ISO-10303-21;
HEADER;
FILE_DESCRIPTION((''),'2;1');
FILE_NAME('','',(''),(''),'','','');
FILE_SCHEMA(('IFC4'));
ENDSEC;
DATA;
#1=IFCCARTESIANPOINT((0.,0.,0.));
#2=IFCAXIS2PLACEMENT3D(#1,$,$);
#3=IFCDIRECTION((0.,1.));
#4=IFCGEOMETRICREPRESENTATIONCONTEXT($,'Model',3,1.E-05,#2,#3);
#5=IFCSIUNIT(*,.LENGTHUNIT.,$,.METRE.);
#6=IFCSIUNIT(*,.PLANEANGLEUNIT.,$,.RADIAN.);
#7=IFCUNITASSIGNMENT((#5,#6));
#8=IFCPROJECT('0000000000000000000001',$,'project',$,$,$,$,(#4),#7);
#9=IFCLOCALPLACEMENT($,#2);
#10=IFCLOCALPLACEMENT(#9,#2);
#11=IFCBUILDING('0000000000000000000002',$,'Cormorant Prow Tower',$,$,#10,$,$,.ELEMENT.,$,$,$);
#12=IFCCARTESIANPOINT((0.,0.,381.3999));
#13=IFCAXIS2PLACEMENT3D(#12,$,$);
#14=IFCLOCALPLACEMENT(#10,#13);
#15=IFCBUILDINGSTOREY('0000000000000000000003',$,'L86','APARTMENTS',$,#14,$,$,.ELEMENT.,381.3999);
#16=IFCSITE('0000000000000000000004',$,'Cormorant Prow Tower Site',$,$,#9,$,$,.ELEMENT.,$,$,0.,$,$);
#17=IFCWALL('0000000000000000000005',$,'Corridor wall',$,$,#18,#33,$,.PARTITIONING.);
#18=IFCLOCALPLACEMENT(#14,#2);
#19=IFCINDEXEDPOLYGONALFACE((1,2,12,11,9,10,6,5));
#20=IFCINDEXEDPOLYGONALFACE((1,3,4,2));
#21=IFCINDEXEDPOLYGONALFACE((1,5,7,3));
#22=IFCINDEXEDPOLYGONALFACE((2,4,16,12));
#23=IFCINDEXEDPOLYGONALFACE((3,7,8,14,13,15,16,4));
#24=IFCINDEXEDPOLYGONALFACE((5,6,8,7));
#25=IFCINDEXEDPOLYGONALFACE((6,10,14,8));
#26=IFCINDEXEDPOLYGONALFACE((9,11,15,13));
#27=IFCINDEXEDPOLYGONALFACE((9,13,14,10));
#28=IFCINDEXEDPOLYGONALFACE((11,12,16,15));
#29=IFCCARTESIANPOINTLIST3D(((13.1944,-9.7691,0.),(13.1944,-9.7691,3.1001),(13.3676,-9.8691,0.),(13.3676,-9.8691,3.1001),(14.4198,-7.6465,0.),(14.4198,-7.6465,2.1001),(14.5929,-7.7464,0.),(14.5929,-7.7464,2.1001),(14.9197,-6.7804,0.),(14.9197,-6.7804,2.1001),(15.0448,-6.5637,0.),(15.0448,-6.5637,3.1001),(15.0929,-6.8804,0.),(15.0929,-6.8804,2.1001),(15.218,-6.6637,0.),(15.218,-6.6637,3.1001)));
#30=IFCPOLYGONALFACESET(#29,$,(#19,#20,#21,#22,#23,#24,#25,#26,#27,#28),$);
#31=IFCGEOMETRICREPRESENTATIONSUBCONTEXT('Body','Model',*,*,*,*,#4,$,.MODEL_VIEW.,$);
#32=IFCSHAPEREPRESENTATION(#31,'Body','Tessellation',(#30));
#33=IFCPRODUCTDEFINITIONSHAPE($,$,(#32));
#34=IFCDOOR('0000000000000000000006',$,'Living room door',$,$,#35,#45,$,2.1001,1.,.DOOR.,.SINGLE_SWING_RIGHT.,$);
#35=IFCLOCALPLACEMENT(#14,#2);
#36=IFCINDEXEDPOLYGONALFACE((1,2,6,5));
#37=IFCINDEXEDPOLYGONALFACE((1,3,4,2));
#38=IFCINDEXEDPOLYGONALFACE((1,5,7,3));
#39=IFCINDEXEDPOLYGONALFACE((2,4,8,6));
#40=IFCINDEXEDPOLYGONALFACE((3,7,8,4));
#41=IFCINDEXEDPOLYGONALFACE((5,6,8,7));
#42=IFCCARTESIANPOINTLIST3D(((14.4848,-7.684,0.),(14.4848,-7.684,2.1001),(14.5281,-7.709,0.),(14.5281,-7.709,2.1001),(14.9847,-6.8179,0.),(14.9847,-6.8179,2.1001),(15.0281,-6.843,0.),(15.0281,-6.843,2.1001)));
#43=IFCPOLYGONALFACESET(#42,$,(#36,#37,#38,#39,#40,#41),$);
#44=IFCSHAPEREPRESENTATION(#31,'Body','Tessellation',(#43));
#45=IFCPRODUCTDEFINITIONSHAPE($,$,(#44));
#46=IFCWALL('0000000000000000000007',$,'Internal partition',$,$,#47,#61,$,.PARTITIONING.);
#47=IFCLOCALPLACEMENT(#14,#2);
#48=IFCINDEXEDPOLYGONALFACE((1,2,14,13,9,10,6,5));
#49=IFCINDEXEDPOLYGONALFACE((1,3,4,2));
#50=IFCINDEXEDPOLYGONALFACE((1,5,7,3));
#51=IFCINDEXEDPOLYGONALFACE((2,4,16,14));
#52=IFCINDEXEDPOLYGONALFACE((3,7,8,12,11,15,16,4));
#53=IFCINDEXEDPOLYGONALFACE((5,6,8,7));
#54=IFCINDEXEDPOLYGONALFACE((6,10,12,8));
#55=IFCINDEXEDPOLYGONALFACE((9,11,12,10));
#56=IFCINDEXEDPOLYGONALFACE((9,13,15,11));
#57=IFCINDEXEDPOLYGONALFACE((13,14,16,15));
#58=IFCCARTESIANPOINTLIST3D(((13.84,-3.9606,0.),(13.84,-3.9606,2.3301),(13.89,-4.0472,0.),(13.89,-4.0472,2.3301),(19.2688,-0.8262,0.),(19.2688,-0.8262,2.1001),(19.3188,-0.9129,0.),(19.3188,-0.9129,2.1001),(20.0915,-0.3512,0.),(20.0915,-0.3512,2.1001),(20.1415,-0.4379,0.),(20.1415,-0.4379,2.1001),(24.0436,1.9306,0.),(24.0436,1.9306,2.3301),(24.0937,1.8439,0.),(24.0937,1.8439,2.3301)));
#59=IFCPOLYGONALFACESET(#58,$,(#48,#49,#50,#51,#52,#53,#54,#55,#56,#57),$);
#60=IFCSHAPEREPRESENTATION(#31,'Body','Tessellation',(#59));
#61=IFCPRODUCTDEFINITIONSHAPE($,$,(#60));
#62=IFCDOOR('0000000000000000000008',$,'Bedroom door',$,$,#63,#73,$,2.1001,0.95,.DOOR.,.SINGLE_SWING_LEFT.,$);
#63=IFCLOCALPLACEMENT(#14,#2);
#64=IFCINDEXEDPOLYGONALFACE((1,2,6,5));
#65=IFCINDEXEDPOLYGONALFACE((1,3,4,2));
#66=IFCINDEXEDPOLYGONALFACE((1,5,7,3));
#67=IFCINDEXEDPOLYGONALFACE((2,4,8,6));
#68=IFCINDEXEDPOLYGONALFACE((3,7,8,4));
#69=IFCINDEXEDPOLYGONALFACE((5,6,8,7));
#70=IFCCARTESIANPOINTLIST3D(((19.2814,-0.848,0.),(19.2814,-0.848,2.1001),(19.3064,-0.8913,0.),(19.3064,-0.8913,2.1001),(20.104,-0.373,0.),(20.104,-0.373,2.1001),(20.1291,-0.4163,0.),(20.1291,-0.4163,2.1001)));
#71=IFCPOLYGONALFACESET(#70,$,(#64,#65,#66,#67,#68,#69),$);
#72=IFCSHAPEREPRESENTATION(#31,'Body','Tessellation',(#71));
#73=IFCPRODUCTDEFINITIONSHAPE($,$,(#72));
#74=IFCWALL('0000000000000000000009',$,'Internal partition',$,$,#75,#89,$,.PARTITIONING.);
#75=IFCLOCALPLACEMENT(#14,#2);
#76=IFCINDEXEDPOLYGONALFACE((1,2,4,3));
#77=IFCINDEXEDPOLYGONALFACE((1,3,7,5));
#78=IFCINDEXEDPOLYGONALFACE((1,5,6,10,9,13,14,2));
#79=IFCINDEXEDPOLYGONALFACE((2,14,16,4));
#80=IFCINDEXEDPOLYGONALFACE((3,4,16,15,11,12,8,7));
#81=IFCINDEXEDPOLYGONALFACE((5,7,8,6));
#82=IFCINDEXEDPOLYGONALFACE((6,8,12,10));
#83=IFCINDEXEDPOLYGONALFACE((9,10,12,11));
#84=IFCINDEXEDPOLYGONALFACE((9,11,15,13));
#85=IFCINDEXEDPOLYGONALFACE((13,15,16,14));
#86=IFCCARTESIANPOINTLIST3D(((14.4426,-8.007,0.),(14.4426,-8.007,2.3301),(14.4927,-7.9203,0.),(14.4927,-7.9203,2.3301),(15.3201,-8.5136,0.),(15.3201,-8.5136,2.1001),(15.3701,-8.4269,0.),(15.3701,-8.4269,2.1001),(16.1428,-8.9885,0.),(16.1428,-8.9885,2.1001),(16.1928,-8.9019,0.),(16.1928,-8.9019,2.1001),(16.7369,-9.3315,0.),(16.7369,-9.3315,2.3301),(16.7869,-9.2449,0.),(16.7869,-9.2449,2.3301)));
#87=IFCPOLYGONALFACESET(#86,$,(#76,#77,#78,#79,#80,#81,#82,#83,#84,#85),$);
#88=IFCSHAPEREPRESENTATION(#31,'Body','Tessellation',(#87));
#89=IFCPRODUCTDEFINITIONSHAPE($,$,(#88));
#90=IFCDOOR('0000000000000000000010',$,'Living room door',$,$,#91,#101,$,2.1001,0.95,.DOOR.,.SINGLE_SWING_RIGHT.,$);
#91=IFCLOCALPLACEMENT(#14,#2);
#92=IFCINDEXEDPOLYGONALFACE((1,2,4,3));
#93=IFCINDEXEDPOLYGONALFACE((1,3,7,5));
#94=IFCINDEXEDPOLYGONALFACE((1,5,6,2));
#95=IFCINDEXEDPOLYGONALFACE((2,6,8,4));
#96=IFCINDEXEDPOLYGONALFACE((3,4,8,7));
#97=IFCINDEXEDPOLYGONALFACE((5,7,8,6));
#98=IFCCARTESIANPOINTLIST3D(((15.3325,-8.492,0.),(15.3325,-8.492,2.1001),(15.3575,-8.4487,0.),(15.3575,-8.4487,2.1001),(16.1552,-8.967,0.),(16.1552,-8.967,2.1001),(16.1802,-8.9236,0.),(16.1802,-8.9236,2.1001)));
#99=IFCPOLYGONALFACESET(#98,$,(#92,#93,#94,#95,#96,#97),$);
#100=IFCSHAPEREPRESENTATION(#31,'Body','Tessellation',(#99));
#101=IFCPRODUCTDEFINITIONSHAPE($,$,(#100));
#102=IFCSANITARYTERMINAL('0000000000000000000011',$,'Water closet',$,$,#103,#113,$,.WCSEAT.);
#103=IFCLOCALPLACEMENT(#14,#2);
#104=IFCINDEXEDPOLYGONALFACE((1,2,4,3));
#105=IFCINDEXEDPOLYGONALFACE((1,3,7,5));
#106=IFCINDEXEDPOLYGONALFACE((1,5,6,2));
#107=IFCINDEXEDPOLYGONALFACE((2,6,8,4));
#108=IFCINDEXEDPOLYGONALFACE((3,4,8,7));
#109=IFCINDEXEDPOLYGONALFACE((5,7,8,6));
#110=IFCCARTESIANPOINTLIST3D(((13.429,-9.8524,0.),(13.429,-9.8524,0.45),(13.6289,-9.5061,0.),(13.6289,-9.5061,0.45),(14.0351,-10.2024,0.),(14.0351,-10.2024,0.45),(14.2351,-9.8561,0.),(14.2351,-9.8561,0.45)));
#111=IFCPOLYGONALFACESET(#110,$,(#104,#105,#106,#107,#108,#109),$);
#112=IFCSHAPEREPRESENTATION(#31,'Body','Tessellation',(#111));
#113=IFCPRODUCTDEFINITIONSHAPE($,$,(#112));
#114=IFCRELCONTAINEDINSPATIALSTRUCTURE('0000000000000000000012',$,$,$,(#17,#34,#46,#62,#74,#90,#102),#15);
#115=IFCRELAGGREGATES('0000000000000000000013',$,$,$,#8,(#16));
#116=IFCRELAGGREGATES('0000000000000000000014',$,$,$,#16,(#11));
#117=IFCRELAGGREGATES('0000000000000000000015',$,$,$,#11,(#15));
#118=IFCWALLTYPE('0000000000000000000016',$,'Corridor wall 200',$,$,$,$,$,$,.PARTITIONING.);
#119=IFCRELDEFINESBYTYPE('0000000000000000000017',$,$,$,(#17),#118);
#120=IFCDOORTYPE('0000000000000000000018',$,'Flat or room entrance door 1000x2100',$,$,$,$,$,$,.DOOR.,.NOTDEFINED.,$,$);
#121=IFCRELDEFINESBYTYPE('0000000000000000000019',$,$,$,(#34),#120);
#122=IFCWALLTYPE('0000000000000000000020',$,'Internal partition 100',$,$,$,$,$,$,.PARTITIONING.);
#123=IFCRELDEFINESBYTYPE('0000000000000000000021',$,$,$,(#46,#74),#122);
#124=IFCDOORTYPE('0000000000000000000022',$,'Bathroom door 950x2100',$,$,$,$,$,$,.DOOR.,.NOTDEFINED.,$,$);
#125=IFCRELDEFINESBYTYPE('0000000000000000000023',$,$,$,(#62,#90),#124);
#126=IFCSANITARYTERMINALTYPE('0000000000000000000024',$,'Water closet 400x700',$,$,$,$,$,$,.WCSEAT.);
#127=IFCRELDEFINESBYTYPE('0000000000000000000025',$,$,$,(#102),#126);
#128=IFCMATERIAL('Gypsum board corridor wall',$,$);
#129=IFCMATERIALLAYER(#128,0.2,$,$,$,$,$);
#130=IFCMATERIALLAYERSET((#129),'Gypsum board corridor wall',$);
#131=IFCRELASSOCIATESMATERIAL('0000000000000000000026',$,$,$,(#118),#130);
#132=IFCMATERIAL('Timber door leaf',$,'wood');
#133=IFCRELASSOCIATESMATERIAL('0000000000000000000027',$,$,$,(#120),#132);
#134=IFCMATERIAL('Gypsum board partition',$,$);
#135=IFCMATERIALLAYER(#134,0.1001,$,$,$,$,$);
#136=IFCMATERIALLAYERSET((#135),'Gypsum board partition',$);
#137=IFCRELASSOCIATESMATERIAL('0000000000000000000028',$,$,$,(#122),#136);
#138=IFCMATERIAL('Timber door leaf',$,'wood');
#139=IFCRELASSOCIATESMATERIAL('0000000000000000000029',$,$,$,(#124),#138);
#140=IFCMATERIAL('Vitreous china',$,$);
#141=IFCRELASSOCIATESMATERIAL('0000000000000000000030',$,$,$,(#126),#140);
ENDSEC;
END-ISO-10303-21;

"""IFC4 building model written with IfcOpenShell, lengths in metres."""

from ifc_helpers import new_model, si_unit, direction, frame, frame_2d, origin, origin_2d, place, context, subcontext, project, spatial, rectangle, extrude, material, layer, layer_set, type_object, element, fill, save


model = new_model("IFC4")

# Units and contexts
model_context = context("Model", 3, precision=1e-05, world=origin(), true_north=direction((0.0, 1.0)))
body_context = subcontext(model_context, "Body", "Model", "MODEL_VIEW")
ifc_project = project(units=[si_unit("LENGTHUNIT", "METRE"), si_unit("PLANEANGLEUNIT", "RADIAN")], contexts=[model_context])

# Site, building, storey
site_placement = place(None, origin())
site = spatial("IfcSite", under=ifc_project, at=site_placement, Name="Cormorant Prow Tower Site", CompositionType="ELEMENT", RefElevation=0.0)
building_placement = place(site_placement, origin())
building = spatial("IfcBuilding", under=site, at=building_placement, Name="Cormorant Prow Tower", CompositionType="ELEMENT")
storey_placement = place(building_placement, frame((0.0, 0.0, 381.3999)))
storey = spatial("IfcBuildingStorey", under=building, at=storey_placement, Name="L86", Description="APARTMENTS", CompositionType="ELEMENT", Elevation=381.3999)

# Shared definitions
ifc_material_1 = material(Name="Gypsum board corridor wall")
ifc_layer_1 = layer(ifc_material_1, 0.2)
ifc_layer_set_1 = layer_set([ifc_layer_1], Name="Gypsum board corridor wall")
wall_type_1 = type_object("IfcWallType", Name="Corridor wall 200", PredefinedType="PARTITIONING", material=ifc_layer_set_1)

# Walls, openings, doors
wall_1_placement = place(storey_placement, frame((13.281, -9.8191, 0.0), z_axis=(0.0, 0.0, 1.0), x_axis=(0.499949, 0.866055, 0.0)))
wall_1 = element("IfcWall", 1, at=wall_1_placement, inside=storey, type_object=wall_type_1, Name="Corridor wall", PredefinedType="PARTITIONING", context=body_context, shape_type="SweptSolid", body=[
    extrude(rectangle(XDim=3.7012, YDim=0.2, at=frame_2d((1.8506, 0.0))), origin(), (0.0, 0.0, 1.0), 3.1001),
])
opening_1_placement = place(wall_1_placement, frame((2.4509, 0.0, 0.0)))
opening_1 = element("IfcOpeningElement", 2, at=opening_1_placement, cuts=wall_1, PredefinedType="OPENING", context=body_context, shape_type="SweptSolid", body=[
    extrude(rectangle(XDim=1.0, YDim=2.1001, at=frame_2d((0.5, 1.05))), frame((0.0, 0.1099, 0.0), z_axis=(0.0, -1.0, 0.0), x_axis=(1.0, 0.0, 0.0)), (0.0, 0.0, 1.0), 0.22),
])
ifc_material_2 = material(Name="Timber door leaf", Category="wood")
door_type_1 = type_object("IfcDoorType", Name="Flat or room entrance door 1000x2100", OperationType="NOTDEFINED", PredefinedType="DOOR", material=ifc_material_2)
door_1_placement = place(opening_1_placement, origin())
door_1 = element("IfcDoor", 3, at=door_1_placement, inside=storey, type_object=door_type_1, Name="Living room door", OperationType="SINGLE_SWING_RIGHT", OverallHeight=2.1001, OverallWidth=1.0, PredefinedType="DOOR", context=body_context, shape_type="SweptSolid", body=[
    extrude(rectangle(XDim=1.0, YDim=2.1001, at=frame_2d((0.5, 1.05))), frame((0.0, 0.0249, 0.0), z_axis=(0.0, -1.0, 0.0), x_axis=(1.0, 0.0, 0.0)), (0.0, 0.0, 1.0), 0.05),
])
fill(opening_1, door_1)
ifc_material_3 = material(Name="Gypsum board partition")
ifc_layer_2 = layer(ifc_material_3, 0.1001)
ifc_layer_set_2 = layer_set([ifc_layer_2], Name="Gypsum board partition")
wall_type_2 = type_object("IfcWallType", Name="Internal partition 100", PredefinedType="PARTITIONING", material=ifc_layer_set_2)
wall_2_placement = place(storey_placement, frame((13.865, -4.0039, 0.0), z_axis=(0.0, 0.0, 1.0), x_axis=(0.866023, 0.500003, 0.0)))
wall_2 = element("IfcWall", 4, at=wall_2_placement, inside=storey, type_object=wall_type_2, Name="Internal partition", PredefinedType="PARTITIONING", context=body_context, shape_type="SweptSolid", body=[
    extrude(rectangle(XDim=11.7822, YDim=0.1001, at=frame_2d((5.8911, 0.0))), origin(), (0.0, 0.0, 1.0), 2.3301),
])
opening_2_placement = place(wall_2_placement, frame((6.2686, 0.0, 0.0)))
opening_2 = element("IfcOpeningElement", 5, at=opening_2_placement, cuts=wall_2, PredefinedType="OPENING", context=body_context, shape_type="SweptSolid", body=[
    extrude(rectangle(XDim=0.95, YDim=2.1001, at=frame_2d((0.4751, 1.05))), frame((0.0, 0.0601, 0.0), z_axis=(0.0, -1.0, 0.0), x_axis=(1.0, 0.0, 0.0)), (0.0, 0.0, 1.0), 0.1201),
])
ifc_material_4 = material(Name="Timber door leaf", Category="wood")
door_type_2 = type_object("IfcDoorType", Name="Bathroom door 950x2100", OperationType="NOTDEFINED", PredefinedType="DOOR", material=ifc_material_4)
door_2_placement = place(opening_2_placement, origin())
door_2 = element("IfcDoor", 6, at=door_2_placement, inside=storey, type_object=door_type_2, Name="Bedroom door", OperationType="SINGLE_SWING_LEFT", OverallHeight=2.1001, OverallWidth=0.95, PredefinedType="DOOR", context=body_context, shape_type="SweptSolid", body=[
    extrude(rectangle(XDim=0.95, YDim=2.1001, at=frame_2d((0.4751, 1.05))), frame((0.0, 0.0249, 0.0), z_axis=(0.0, -1.0, 0.0), x_axis=(1.0, 0.0, 0.0)), (0.0, 0.0, 1.0), 0.05),
])
fill(opening_2, door_2)
wall_3_placement = place(storey_placement, frame((14.4675, -7.9636, 0.0), z_axis=(0.0, 0.0, 1.0), x_axis=(0.86604, -0.499975, 0.0)))
wall_3 = element("IfcWall", 7, at=wall_3_placement, inside=storey, type_object=wall_type_2, Name="Internal partition", PredefinedType="PARTITIONING", context=body_context, shape_type="SweptSolid", body=[
    extrude(rectangle(XDim=2.6492, YDim=0.1001, at=frame_2d((1.3247, 0.0))), origin(), (0.0, 0.0, 1.0), 2.3301),
])
opening_3_placement = place(wall_3_placement, frame((1.0132, 0.0, 0.0)))
opening_3 = element("IfcOpeningElement", 8, at=opening_3_placement, cuts=wall_3, PredefinedType="OPENING", context=body_context, shape_type="SweptSolid", body=[
    extrude(rectangle(XDim=0.95, YDim=2.1001, at=frame_2d((0.4751, 1.05))), frame((0.0, 0.0601, 0.0), z_axis=(0.0, -1.0, 0.0), x_axis=(1.0, 0.0, 0.0)), (0.0, 0.0, 1.0), 0.1201),
])
door_3_placement = place(opening_3_placement, origin())
door_3 = element("IfcDoor", 9, at=door_3_placement, inside=storey, type_object=door_type_2, Name="Living room door", OperationType="SINGLE_SWING_RIGHT", OverallHeight=2.1001, OverallWidth=0.95, PredefinedType="DOOR", context=body_context, shape_type="SweptSolid", body=[
    extrude(rectangle(XDim=0.95, YDim=2.1001, at=frame_2d((0.4751, 1.05))), frame((0.0, 0.0249, 0.0), z_axis=(0.0, -1.0, 0.0), x_axis=(1.0, 0.0, 0.0)), (0.0, 0.0, 1.0), 0.05),
])
fill(opening_3, door_3)

# Sanitary terminal
ifc_material_5 = material(Name="Vitreous china")
sanitary_terminal_type = type_object("IfcSanitaryTerminalType", Name="Water closet 400x700", PredefinedType="WCSEAT", material=ifc_material_5)
sanitary_terminal_placement = place(storey_placement, frame((13.832, -9.8542, 0.0), z_axis=(0.0, 0.0, 1.0), x_axis=(0.5, 0.866025, 0.0)))
element("IfcSanitaryTerminal", 10, at=sanitary_terminal_placement, inside=storey, type_object=sanitary_terminal_type, Name="Water closet", PredefinedType="WCSEAT", context=body_context, shape_type="SweptSolid", body=[
    extrude(rectangle(XDim=0.3999, YDim=0.7, at=origin_2d()), origin(), (0.0, 0.0, 1.0), 0.45),
])

save(model, "model.ifc")
